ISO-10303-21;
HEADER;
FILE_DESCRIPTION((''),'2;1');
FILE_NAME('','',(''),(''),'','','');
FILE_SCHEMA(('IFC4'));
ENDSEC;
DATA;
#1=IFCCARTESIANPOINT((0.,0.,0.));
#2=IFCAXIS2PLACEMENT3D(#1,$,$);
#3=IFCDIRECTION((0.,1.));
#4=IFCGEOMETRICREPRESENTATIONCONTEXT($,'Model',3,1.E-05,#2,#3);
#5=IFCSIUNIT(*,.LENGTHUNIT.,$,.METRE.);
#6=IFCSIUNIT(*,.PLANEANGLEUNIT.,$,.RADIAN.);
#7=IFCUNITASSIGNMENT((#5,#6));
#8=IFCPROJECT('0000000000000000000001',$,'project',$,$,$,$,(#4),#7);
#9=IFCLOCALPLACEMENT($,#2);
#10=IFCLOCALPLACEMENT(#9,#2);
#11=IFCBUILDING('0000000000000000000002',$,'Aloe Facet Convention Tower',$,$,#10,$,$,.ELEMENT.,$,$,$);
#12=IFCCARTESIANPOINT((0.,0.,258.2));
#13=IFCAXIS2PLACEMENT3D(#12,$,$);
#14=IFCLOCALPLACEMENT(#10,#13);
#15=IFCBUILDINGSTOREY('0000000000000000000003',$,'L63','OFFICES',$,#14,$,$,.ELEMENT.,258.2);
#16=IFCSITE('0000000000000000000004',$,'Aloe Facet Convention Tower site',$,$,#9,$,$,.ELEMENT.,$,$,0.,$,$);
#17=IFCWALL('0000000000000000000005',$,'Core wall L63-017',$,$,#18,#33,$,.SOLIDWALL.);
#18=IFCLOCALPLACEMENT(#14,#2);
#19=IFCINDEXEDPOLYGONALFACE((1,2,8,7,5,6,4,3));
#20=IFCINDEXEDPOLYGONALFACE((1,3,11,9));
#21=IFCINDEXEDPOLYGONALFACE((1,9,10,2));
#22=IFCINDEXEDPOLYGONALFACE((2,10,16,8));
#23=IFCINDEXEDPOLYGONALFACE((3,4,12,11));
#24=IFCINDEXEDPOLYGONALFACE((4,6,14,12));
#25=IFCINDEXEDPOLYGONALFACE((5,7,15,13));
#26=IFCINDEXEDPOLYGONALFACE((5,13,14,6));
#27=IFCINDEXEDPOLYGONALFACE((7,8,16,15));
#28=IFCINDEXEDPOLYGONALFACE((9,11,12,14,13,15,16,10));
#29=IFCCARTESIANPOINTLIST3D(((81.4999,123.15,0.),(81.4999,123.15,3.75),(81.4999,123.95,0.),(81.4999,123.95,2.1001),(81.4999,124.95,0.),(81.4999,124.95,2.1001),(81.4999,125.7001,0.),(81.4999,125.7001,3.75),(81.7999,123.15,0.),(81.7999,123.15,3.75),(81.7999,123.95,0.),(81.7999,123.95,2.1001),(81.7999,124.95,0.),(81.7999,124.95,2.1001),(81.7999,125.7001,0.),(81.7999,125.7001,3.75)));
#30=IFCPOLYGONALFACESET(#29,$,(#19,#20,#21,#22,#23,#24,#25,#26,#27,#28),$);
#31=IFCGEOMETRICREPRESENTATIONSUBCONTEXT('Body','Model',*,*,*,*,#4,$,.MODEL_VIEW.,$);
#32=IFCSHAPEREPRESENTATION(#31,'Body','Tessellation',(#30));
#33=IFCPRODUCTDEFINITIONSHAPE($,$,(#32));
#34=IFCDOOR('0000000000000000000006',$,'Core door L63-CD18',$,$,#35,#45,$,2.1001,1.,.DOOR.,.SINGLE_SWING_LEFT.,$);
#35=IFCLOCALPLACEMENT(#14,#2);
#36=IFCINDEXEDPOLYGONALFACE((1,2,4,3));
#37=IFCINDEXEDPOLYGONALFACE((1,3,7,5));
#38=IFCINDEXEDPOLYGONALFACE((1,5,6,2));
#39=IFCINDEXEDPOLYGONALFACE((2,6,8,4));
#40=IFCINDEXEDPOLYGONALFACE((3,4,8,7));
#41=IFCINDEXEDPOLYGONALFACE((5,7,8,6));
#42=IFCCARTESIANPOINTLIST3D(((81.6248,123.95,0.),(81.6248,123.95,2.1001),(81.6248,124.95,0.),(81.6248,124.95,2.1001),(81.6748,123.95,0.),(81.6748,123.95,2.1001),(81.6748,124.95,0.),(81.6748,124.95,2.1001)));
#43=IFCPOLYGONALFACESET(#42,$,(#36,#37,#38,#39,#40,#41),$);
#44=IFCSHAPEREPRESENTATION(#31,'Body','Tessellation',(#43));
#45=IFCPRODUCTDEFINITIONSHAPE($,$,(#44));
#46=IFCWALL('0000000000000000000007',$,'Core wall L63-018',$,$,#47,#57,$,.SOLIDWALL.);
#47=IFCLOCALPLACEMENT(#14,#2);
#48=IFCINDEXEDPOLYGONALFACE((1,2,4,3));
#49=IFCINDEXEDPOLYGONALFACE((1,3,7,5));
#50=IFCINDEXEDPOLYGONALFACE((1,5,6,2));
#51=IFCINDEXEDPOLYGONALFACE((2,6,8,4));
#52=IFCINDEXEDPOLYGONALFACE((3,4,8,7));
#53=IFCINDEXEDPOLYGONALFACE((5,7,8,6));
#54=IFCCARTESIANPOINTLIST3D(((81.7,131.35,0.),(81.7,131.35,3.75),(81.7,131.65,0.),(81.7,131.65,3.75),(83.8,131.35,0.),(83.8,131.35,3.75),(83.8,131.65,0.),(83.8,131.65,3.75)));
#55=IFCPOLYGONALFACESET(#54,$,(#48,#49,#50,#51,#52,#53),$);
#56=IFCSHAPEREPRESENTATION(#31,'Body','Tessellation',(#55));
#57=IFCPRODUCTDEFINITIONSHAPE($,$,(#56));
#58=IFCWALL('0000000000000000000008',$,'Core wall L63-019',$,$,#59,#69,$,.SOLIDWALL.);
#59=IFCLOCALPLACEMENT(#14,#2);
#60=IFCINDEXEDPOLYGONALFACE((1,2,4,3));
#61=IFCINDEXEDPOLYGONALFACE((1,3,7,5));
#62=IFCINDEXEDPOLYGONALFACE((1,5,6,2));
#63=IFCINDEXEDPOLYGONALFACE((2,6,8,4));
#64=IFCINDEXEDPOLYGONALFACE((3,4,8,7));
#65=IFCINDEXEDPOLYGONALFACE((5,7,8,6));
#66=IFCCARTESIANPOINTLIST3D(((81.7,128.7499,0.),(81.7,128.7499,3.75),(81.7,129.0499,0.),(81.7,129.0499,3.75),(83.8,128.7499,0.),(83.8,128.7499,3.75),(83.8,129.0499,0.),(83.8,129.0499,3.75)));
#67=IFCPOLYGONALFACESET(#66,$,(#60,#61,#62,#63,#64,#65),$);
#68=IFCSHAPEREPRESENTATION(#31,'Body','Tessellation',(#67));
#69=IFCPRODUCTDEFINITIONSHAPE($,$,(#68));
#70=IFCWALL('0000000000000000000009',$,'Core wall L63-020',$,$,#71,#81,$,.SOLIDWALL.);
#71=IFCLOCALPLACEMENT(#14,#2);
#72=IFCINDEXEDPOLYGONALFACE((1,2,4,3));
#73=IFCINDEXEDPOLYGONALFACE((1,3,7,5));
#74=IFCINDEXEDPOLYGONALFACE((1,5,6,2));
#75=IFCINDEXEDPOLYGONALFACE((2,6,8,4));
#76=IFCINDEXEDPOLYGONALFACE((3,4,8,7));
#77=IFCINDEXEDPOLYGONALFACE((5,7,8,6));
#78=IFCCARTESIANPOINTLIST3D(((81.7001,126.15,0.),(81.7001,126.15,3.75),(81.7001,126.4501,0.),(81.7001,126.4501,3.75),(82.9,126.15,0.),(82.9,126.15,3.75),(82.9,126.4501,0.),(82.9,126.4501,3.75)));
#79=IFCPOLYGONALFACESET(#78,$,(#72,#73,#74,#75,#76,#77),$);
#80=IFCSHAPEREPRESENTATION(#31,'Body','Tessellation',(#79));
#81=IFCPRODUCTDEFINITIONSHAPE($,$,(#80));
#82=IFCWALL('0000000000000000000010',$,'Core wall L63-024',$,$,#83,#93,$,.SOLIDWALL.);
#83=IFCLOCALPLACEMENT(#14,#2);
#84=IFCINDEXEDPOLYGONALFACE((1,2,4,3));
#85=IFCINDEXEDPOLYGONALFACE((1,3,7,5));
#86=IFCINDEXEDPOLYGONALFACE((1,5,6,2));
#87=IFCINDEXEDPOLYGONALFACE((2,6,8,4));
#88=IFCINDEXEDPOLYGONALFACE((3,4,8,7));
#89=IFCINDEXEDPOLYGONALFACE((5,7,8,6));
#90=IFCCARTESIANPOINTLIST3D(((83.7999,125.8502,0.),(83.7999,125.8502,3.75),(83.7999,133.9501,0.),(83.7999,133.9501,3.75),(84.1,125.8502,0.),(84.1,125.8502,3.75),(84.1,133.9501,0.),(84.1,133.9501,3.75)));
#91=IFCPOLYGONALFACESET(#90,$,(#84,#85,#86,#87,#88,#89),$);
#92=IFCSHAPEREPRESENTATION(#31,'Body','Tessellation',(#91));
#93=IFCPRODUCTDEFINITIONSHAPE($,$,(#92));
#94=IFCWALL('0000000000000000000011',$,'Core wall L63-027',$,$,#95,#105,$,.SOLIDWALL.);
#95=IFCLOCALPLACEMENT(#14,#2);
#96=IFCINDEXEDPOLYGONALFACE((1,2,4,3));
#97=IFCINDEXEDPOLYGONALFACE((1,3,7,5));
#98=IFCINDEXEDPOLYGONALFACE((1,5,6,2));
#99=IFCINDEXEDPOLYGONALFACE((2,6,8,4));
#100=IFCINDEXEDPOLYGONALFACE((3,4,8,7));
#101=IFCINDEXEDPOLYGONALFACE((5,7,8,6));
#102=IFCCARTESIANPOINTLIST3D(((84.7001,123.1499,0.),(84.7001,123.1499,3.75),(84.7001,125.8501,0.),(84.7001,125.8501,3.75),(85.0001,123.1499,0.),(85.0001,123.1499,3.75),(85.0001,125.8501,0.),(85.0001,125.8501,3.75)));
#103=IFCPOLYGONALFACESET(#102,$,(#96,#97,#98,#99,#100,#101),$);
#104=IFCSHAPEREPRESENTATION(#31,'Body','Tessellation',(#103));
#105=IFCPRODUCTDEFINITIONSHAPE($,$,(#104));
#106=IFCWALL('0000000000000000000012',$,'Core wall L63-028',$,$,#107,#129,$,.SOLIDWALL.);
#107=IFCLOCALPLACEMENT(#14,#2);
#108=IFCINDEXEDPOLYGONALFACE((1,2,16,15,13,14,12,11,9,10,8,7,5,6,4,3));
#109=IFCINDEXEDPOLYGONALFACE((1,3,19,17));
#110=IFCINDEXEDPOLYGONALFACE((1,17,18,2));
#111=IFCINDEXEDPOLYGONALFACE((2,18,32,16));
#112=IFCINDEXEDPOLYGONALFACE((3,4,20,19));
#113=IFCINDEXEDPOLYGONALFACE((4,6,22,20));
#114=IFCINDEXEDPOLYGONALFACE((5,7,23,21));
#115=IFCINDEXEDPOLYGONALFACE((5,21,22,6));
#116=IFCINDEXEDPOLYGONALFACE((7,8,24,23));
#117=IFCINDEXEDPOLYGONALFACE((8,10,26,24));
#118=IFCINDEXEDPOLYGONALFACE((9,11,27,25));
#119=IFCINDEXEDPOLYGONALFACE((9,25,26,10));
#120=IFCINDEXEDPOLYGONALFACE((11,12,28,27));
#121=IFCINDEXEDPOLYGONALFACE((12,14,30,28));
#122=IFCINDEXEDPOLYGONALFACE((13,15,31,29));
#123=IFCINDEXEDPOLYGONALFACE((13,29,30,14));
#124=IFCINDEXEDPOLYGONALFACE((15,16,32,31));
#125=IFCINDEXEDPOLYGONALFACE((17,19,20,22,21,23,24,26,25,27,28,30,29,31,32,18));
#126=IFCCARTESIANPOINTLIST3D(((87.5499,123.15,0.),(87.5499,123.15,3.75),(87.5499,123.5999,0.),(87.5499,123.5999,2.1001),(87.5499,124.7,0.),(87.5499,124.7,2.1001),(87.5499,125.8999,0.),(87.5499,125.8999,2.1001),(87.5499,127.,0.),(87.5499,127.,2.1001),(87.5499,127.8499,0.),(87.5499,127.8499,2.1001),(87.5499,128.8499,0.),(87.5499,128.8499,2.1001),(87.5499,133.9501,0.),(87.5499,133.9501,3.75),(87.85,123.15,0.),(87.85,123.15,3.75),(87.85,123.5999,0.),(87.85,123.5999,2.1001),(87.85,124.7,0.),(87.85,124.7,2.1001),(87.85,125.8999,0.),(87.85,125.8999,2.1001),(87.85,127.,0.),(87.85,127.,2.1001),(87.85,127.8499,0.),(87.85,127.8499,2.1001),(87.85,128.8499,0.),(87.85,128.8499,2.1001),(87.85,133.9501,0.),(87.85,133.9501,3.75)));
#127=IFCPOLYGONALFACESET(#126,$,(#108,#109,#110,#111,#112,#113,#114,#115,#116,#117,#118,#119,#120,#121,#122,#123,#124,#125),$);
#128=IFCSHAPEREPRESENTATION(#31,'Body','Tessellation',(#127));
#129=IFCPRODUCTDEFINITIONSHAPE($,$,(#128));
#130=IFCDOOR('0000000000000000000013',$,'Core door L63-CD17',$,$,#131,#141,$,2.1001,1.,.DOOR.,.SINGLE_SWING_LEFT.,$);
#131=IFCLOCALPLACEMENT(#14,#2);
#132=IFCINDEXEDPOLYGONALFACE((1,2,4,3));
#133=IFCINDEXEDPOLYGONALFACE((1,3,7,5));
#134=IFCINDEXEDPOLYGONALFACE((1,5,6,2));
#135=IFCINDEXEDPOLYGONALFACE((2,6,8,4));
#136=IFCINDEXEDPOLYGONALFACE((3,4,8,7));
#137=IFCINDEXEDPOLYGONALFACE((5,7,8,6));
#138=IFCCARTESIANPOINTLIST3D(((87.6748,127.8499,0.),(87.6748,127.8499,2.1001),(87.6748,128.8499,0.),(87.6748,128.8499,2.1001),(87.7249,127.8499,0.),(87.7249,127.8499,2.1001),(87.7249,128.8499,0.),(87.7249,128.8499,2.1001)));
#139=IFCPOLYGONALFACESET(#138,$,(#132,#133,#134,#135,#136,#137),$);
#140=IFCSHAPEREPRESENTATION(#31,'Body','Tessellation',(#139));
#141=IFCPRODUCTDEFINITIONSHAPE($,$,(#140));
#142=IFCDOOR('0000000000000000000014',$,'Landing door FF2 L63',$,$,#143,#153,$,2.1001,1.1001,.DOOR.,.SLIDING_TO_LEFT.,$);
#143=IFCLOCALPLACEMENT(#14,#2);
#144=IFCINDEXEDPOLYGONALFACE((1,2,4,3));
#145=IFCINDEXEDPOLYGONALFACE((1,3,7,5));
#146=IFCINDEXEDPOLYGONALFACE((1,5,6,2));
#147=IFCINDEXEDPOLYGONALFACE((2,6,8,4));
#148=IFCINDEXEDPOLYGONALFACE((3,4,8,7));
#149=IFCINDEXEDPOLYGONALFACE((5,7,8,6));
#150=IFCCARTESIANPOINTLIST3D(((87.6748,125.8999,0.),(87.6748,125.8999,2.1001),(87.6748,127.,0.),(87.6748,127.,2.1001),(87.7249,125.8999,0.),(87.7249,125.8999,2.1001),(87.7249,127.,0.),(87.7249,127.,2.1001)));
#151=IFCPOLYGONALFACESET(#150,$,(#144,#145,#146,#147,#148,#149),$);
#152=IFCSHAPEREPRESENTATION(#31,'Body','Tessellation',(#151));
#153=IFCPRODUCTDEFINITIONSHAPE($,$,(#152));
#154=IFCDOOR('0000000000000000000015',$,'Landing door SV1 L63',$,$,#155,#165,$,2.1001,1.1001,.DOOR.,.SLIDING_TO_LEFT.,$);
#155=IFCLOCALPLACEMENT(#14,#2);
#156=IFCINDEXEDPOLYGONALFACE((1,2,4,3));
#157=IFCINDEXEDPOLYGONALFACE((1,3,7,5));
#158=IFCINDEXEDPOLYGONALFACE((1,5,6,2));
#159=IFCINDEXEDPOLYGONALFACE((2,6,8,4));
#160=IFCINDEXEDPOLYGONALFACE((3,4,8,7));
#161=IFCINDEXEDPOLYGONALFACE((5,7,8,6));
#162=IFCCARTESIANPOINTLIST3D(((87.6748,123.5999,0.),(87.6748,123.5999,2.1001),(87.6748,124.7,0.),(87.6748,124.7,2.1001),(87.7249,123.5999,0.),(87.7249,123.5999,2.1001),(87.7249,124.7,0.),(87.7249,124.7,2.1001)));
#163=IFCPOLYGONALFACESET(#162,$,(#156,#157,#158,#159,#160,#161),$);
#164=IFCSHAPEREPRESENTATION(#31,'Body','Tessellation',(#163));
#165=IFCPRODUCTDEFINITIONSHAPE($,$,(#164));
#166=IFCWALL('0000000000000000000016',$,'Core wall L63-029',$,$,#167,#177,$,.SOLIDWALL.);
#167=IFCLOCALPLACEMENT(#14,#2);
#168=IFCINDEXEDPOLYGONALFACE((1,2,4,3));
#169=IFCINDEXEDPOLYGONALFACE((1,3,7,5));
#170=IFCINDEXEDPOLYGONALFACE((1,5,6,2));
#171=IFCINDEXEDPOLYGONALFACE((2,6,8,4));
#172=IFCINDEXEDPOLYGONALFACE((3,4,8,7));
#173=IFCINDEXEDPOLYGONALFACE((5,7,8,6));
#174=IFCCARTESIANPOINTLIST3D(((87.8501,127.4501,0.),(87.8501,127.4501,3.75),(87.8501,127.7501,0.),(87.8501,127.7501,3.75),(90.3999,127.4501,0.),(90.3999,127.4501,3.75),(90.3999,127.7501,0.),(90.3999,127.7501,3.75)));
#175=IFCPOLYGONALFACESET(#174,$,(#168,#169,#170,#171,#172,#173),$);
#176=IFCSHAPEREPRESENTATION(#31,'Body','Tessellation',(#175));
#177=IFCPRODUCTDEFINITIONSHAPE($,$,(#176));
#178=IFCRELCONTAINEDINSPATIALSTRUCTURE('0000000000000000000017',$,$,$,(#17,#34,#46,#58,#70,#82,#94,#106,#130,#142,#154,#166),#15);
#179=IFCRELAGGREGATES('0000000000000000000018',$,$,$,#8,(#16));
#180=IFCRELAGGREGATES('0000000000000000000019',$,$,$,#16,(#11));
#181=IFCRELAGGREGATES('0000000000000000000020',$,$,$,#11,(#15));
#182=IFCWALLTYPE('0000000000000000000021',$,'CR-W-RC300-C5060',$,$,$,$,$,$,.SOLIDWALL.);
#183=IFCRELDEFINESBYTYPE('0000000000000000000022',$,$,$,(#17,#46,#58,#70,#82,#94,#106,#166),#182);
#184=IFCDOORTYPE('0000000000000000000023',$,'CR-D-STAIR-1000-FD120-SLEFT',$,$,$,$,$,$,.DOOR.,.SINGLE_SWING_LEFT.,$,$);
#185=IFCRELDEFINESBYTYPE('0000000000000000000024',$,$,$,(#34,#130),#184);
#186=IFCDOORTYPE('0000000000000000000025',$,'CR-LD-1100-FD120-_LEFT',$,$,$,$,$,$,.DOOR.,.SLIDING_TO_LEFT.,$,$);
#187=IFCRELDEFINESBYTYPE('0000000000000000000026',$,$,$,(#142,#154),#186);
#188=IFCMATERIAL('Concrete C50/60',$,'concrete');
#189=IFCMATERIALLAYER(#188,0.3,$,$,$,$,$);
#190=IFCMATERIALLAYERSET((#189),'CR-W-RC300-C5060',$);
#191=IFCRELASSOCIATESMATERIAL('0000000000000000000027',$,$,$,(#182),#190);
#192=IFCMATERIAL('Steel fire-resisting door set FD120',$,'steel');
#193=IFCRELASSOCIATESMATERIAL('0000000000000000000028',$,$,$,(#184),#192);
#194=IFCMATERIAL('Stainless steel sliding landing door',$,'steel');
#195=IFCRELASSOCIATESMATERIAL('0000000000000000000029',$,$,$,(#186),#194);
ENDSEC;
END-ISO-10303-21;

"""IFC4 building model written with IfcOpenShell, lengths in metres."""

from ifc_helpers import new_model, si_unit, direction, frame, frame_2d, origin, place, context, subcontext, project, spatial, rectangle, extrude, material, layer, layer_set, type_object, element, fill, save


model = new_model("IFC4")

# Units and contexts
model_context = context("Model", 3, precision=1e-05, world=origin(), true_north=direction((0.0, 1.0)))
body_context = subcontext(model_context, "Body", "Model", "MODEL_VIEW")
ifc_project = project(units=[si_unit("LENGTHUNIT", "METRE"), si_unit("PLANEANGLEUNIT", "RADIAN")], contexts=[model_context])

# Site, building, storey
site_placement = place(None, origin())
site = spatial("IfcSite", under=ifc_project, at=site_placement, Name="Aloe Facet Convention Tower site", CompositionType="ELEMENT", RefElevation=0.0)
building_placement = place(site_placement, origin())
building = spatial("IfcBuilding", under=site, at=building_placement, Name="Aloe Facet Convention Tower", CompositionType="ELEMENT")
storey_placement = place(building_placement, frame((0.0, 0.0, 258.2)))
storey = spatial("IfcBuildingStorey", under=building, at=storey_placement, Name="L63", Description="OFFICES", CompositionType="ELEMENT", Elevation=258.2)

# Shared definitions
ifc_material_1 = material(Name="Concrete C50/60", Category="concrete")
ifc_layer_1 = layer(ifc_material_1, 0.3)
ifc_layer_set_1 = layer_set([ifc_layer_1], Name="CR-W-RC300-C5060")
wall_type_1 = type_object("IfcWallType", Name="CR-W-RC300-C5060", PredefinedType="SOLIDWALL", material=ifc_layer_set_1)

# Wall, opening, door
wall_1_placement = place(storey_placement, frame((81.6499, 125.7, 0.0), z_axis=(0.0, 0.0, 1.0), x_axis=(0.0, -1.0, 0.0)))
wall_1 = element("IfcWall", 1, at=wall_1_placement, inside=storey, type_object=wall_type_1, Name="Core wall L63-017", PredefinedType="SOLIDWALL", context=body_context, shape_type="SweptSolid", body=[
    extrude(rectangle(XDim=2.55, YDim=0.3, at=frame_2d((1.2749, 0.0))), origin(), (0.0, 0.0, 1.0), 3.75),
])
opening_1_placement = place(wall_1_placement, frame((0.75, 0.0, 0.0)))
opening_1 = element("IfcOpeningElement", 2, at=opening_1_placement, cuts=wall_1, PredefinedType="OPENING", context=body_context, shape_type="SweptSolid", body=[
    extrude(rectangle(XDim=1.0, YDim=2.1001, at=frame_2d((0.5, 1.05))), frame((0.0, 0.1602, 0.0), z_axis=(0.0, -1.0, 0.0), x_axis=(1.0, 0.0, 0.0)), (0.0, 0.0, 1.0), 0.3201),
])
ifc_material_2 = material(Name="Steel fire-resisting door set FD120", Category="steel")
door_type_1 = type_object("IfcDoorType", Name="CR-D-STAIR-1000-FD120-SLEFT", OperationType="SINGLE_SWING_LEFT", PredefinedType="DOOR", material=ifc_material_2)
door_1_placement = place(opening_1_placement, origin())
door_1 = element("IfcDoor", 3, at=door_1_placement, inside=storey, type_object=door_type_1, Name="Core door L63-CD18", OperationType="SINGLE_SWING_LEFT", OverallHeight=2.1001, OverallWidth=1.0, PredefinedType="DOOR", context=body_context, shape_type="SweptSolid", body=[
    extrude(rectangle(XDim=1.0, YDim=2.1001, at=frame_2d((0.5, 1.05))), frame((0.0, 0.0249, 0.0), z_axis=(0.0, -1.0, 0.0), x_axis=(1.0, 0.0, 0.0)), (0.0, 0.0, 1.0), 0.05),
])
fill(opening_1, door_1)

# Walls
for number, where, z_axis, x_axis, name in (
    (4, (81.7, 131.5, 0.0), (0.0, 0.0, 1.0), (1.0, 0.0, 0.0), "Core wall L63-018"),
    (5, (81.7, 128.8999, 0.0), (0.0, 0.0, 1.0), (1.0, 0.0, 0.0), "Core wall L63-019"),
):
    element("IfcWall", number, at=place(storey_placement, frame(where, z_axis=z_axis, x_axis=x_axis)), inside=storey, type_object=wall_type_1, Name=name, PredefinedType="SOLIDWALL", context=body_context, shape_type="SweptSolid", body=[
        extrude(rectangle(XDim=2.1001, YDim=0.3, at=frame_2d((1.05, 0.0))), origin(), (0.0, 0.0, 1.0), 3.75),
    ])
wall_2_placement = place(storey_placement, frame((81.7, 126.3, 0.0), z_axis=(0.0, 0.0, 1.0), x_axis=(1.0, 0.0, 0.0)))
element("IfcWall", 6, at=wall_2_placement, inside=storey, type_object=wall_type_1, Name="Core wall L63-020", PredefinedType="SOLIDWALL", context=body_context, shape_type="SweptSolid", body=[
    extrude(rectangle(XDim=1.2, YDim=0.3, at=frame_2d((0.6001, 0.0))), origin(), (0.0, 0.0, 1.0), 3.75),
])
wall_3_placement = place(storey_placement, frame((83.95, 133.95, 0.0), z_axis=(0.0, 0.0, 1.0), x_axis=(0.0, -1.0, 0.0)))
element("IfcWall", 7, at=wall_3_placement, inside=storey, type_object=wall_type_1, Name="Core wall L63-024", PredefinedType="SOLIDWALL", context=body_context, shape_type="SweptSolid", body=[
    extrude(rectangle(XDim=8.0999, YDim=0.3, at=frame_2d((4.0498, 0.0))), origin(), (0.0, 0.0, 1.0), 3.75),
])
wall_4_placement = place(storey_placement, frame((84.8501, 125.8501, 0.0), z_axis=(0.0, 0.0, 1.0), x_axis=(0.0, -1.0, 0.0)))
element("IfcWall", 8, at=wall_4_placement, inside=storey, type_object=wall_type_1, Name="Core wall L63-027", PredefinedType="SOLIDWALL", context=body_context, shape_type="SweptSolid", body=[
    extrude(rectangle(XDim=2.7002, YDim=0.3, at=frame_2d((1.3501, 0.0))), origin(), (0.0, 0.0, 1.0), 3.75),
])

# Wall, openings, doors
wall_5_placement = place(storey_placement, frame((87.7, 133.95, 0.0), z_axis=(0.0, 0.0, 1.0), x_axis=(0.0, -1.0, 0.0)))
wall_5 = element("IfcWall", 9, at=wall_5_placement, inside=storey, type_object=wall_type_1, Name="Core wall L63-028", PredefinedType="SOLIDWALL", context=body_context, shape_type="SweptSolid", body=[
    extrude(rectangle(XDim=10.8, YDim=0.3, at=frame_2d((5.3999, 0.0))), origin(), (0.0, 0.0, 1.0), 3.75),
])
opening_2_placement = place(wall_5_placement, frame((6.95, 0.0, 0.0)))
opening_2 = element("IfcOpeningElement", 10, at=opening_2_placement, cuts=wall_5, PredefinedType="OPENING", context=body_context, shape_type="SweptSolid", body=[
    extrude(rectangle(XDim=1.1001, YDim=2.1001, at=frame_2d((0.55, 1.05))), frame((0.0, 0.1602, 0.0), z_axis=(0.0, -1.0, 0.0), x_axis=(1.0, 0.0, 0.0)), (0.0, 0.0, 1.0), 0.3201),
])
opening_3_placement = place(wall_5_placement, frame((5.1001, 0.0, 0.0)))
opening_3 = element("IfcOpeningElement", 11, at=opening_3_placement, cuts=wall_5, PredefinedType="OPENING", context=body_context, shape_type="SweptSolid", body=[
    extrude(rectangle(XDim=1.0, YDim=2.1001, at=frame_2d((0.5, 1.05))), frame((0.0, 0.1602, 0.0), z_axis=(0.0, -1.0, 0.0), x_axis=(1.0, 0.0, 0.0)), (0.0, 0.0, 1.0), 0.3201),
])
opening_4_placement = place(wall_5_placement, frame((9.25, 0.0, 0.0)))
opening_4 = element("IfcOpeningElement", 12, at=opening_4_placement, cuts=wall_5, PredefinedType="OPENING", context=body_context, shape_type="SweptSolid", body=[
    extrude(rectangle(XDim=1.1001, YDim=2.1001, at=frame_2d((0.55, 1.05))), frame((0.0, 0.1602, 0.0), z_axis=(0.0, -1.0, 0.0), x_axis=(1.0, 0.0, 0.0)), (0.0, 0.0, 1.0), 0.3201),
])
door_2_placement = place(opening_3_placement, origin())
door_2 = element("IfcDoor", 13, at=door_2_placement, inside=storey, type_object=door_type_1, Name="Core door L63-CD17", OperationType="SINGLE_SWING_LEFT", OverallHeight=2.1001, OverallWidth=1.0, PredefinedType="DOOR", context=body_context, shape_type="SweptSolid", body=[
    extrude(rectangle(XDim=1.0, YDim=2.1001, at=frame_2d((0.5, 1.05))), frame((0.0, 0.0249, 0.0), z_axis=(0.0, -1.0, 0.0), x_axis=(1.0, 0.0, 0.0)), (0.0, 0.0, 1.0), 0.05),
])
fill(opening_3, door_2)
ifc_material_3 = material(Name="Stainless steel sliding landing door", Category="steel")
door_type_2 = type_object("IfcDoorType", Name="CR-LD-1100-FD120-_LEFT", OperationType="SLIDING_TO_LEFT", PredefinedType="DOOR", material=ifc_material_3)
door_3_placement = place(opening_2_placement, origin())
door_3 = element("IfcDoor", 14, at=door_3_placement, inside=storey, type_object=door_type_2, Name="Landing door FF2 L63", OperationType="SLIDING_TO_LEFT", OverallHeight=2.1001, OverallWidth=1.1001, PredefinedType="DOOR", context=body_context, shape_type="SweptSolid", body=[
    extrude(rectangle(XDim=1.1001, YDim=2.1001, at=frame_2d((0.55, 1.05))), frame((0.0, 0.0249, 0.0), z_axis=(0.0, -1.0, 0.0), x_axis=(1.0, 0.0, 0.0)), (0.0, 0.0, 1.0), 0.05),
])
fill(opening_2, door_3)
door_4_placement = place(opening_4_placement, origin())
door_4 = element("IfcDoor", 15, at=door_4_placement, inside=storey, type_object=door_type_2, Name="Landing door SV1 L63", OperationType="SLIDING_TO_LEFT", OverallHeight=2.1001, OverallWidth=1.1001, PredefinedType="DOOR", context=body_context, shape_type="SweptSolid", body=[
    extrude(rectangle(XDim=1.1001, YDim=2.1001, at=frame_2d((0.55, 1.05))), frame((0.0, 0.0249, 0.0), z_axis=(0.0, -1.0, 0.0), x_axis=(1.0, 0.0, 0.0)), (0.0, 0.0, 1.0), 0.05),
])
fill(opening_4, door_4)

# Wall
for number, where, z_axis, x_axis, name in (
    (16, (87.8501, 127.6001, 0.0), (0.0, 0.0, 1.0), (1.0, 0.0, 0.0), "Core wall L63-029"),
):
    element("IfcWall", number, at=place(storey_placement, frame(where, z_axis=z_axis, x_axis=x_axis)), inside=storey, type_object=wall_type_1, Name=name, PredefinedType="SOLIDWALL", context=body_context, shape_type="SweptSolid", body=[
        extrude(rectangle(XDim=2.5498, YDim=0.3, at=frame_2d((1.2749, 0.0))), origin(), (0.0, 0.0, 1.0), 3.75),
    ])

save(model, "model.ifc")
